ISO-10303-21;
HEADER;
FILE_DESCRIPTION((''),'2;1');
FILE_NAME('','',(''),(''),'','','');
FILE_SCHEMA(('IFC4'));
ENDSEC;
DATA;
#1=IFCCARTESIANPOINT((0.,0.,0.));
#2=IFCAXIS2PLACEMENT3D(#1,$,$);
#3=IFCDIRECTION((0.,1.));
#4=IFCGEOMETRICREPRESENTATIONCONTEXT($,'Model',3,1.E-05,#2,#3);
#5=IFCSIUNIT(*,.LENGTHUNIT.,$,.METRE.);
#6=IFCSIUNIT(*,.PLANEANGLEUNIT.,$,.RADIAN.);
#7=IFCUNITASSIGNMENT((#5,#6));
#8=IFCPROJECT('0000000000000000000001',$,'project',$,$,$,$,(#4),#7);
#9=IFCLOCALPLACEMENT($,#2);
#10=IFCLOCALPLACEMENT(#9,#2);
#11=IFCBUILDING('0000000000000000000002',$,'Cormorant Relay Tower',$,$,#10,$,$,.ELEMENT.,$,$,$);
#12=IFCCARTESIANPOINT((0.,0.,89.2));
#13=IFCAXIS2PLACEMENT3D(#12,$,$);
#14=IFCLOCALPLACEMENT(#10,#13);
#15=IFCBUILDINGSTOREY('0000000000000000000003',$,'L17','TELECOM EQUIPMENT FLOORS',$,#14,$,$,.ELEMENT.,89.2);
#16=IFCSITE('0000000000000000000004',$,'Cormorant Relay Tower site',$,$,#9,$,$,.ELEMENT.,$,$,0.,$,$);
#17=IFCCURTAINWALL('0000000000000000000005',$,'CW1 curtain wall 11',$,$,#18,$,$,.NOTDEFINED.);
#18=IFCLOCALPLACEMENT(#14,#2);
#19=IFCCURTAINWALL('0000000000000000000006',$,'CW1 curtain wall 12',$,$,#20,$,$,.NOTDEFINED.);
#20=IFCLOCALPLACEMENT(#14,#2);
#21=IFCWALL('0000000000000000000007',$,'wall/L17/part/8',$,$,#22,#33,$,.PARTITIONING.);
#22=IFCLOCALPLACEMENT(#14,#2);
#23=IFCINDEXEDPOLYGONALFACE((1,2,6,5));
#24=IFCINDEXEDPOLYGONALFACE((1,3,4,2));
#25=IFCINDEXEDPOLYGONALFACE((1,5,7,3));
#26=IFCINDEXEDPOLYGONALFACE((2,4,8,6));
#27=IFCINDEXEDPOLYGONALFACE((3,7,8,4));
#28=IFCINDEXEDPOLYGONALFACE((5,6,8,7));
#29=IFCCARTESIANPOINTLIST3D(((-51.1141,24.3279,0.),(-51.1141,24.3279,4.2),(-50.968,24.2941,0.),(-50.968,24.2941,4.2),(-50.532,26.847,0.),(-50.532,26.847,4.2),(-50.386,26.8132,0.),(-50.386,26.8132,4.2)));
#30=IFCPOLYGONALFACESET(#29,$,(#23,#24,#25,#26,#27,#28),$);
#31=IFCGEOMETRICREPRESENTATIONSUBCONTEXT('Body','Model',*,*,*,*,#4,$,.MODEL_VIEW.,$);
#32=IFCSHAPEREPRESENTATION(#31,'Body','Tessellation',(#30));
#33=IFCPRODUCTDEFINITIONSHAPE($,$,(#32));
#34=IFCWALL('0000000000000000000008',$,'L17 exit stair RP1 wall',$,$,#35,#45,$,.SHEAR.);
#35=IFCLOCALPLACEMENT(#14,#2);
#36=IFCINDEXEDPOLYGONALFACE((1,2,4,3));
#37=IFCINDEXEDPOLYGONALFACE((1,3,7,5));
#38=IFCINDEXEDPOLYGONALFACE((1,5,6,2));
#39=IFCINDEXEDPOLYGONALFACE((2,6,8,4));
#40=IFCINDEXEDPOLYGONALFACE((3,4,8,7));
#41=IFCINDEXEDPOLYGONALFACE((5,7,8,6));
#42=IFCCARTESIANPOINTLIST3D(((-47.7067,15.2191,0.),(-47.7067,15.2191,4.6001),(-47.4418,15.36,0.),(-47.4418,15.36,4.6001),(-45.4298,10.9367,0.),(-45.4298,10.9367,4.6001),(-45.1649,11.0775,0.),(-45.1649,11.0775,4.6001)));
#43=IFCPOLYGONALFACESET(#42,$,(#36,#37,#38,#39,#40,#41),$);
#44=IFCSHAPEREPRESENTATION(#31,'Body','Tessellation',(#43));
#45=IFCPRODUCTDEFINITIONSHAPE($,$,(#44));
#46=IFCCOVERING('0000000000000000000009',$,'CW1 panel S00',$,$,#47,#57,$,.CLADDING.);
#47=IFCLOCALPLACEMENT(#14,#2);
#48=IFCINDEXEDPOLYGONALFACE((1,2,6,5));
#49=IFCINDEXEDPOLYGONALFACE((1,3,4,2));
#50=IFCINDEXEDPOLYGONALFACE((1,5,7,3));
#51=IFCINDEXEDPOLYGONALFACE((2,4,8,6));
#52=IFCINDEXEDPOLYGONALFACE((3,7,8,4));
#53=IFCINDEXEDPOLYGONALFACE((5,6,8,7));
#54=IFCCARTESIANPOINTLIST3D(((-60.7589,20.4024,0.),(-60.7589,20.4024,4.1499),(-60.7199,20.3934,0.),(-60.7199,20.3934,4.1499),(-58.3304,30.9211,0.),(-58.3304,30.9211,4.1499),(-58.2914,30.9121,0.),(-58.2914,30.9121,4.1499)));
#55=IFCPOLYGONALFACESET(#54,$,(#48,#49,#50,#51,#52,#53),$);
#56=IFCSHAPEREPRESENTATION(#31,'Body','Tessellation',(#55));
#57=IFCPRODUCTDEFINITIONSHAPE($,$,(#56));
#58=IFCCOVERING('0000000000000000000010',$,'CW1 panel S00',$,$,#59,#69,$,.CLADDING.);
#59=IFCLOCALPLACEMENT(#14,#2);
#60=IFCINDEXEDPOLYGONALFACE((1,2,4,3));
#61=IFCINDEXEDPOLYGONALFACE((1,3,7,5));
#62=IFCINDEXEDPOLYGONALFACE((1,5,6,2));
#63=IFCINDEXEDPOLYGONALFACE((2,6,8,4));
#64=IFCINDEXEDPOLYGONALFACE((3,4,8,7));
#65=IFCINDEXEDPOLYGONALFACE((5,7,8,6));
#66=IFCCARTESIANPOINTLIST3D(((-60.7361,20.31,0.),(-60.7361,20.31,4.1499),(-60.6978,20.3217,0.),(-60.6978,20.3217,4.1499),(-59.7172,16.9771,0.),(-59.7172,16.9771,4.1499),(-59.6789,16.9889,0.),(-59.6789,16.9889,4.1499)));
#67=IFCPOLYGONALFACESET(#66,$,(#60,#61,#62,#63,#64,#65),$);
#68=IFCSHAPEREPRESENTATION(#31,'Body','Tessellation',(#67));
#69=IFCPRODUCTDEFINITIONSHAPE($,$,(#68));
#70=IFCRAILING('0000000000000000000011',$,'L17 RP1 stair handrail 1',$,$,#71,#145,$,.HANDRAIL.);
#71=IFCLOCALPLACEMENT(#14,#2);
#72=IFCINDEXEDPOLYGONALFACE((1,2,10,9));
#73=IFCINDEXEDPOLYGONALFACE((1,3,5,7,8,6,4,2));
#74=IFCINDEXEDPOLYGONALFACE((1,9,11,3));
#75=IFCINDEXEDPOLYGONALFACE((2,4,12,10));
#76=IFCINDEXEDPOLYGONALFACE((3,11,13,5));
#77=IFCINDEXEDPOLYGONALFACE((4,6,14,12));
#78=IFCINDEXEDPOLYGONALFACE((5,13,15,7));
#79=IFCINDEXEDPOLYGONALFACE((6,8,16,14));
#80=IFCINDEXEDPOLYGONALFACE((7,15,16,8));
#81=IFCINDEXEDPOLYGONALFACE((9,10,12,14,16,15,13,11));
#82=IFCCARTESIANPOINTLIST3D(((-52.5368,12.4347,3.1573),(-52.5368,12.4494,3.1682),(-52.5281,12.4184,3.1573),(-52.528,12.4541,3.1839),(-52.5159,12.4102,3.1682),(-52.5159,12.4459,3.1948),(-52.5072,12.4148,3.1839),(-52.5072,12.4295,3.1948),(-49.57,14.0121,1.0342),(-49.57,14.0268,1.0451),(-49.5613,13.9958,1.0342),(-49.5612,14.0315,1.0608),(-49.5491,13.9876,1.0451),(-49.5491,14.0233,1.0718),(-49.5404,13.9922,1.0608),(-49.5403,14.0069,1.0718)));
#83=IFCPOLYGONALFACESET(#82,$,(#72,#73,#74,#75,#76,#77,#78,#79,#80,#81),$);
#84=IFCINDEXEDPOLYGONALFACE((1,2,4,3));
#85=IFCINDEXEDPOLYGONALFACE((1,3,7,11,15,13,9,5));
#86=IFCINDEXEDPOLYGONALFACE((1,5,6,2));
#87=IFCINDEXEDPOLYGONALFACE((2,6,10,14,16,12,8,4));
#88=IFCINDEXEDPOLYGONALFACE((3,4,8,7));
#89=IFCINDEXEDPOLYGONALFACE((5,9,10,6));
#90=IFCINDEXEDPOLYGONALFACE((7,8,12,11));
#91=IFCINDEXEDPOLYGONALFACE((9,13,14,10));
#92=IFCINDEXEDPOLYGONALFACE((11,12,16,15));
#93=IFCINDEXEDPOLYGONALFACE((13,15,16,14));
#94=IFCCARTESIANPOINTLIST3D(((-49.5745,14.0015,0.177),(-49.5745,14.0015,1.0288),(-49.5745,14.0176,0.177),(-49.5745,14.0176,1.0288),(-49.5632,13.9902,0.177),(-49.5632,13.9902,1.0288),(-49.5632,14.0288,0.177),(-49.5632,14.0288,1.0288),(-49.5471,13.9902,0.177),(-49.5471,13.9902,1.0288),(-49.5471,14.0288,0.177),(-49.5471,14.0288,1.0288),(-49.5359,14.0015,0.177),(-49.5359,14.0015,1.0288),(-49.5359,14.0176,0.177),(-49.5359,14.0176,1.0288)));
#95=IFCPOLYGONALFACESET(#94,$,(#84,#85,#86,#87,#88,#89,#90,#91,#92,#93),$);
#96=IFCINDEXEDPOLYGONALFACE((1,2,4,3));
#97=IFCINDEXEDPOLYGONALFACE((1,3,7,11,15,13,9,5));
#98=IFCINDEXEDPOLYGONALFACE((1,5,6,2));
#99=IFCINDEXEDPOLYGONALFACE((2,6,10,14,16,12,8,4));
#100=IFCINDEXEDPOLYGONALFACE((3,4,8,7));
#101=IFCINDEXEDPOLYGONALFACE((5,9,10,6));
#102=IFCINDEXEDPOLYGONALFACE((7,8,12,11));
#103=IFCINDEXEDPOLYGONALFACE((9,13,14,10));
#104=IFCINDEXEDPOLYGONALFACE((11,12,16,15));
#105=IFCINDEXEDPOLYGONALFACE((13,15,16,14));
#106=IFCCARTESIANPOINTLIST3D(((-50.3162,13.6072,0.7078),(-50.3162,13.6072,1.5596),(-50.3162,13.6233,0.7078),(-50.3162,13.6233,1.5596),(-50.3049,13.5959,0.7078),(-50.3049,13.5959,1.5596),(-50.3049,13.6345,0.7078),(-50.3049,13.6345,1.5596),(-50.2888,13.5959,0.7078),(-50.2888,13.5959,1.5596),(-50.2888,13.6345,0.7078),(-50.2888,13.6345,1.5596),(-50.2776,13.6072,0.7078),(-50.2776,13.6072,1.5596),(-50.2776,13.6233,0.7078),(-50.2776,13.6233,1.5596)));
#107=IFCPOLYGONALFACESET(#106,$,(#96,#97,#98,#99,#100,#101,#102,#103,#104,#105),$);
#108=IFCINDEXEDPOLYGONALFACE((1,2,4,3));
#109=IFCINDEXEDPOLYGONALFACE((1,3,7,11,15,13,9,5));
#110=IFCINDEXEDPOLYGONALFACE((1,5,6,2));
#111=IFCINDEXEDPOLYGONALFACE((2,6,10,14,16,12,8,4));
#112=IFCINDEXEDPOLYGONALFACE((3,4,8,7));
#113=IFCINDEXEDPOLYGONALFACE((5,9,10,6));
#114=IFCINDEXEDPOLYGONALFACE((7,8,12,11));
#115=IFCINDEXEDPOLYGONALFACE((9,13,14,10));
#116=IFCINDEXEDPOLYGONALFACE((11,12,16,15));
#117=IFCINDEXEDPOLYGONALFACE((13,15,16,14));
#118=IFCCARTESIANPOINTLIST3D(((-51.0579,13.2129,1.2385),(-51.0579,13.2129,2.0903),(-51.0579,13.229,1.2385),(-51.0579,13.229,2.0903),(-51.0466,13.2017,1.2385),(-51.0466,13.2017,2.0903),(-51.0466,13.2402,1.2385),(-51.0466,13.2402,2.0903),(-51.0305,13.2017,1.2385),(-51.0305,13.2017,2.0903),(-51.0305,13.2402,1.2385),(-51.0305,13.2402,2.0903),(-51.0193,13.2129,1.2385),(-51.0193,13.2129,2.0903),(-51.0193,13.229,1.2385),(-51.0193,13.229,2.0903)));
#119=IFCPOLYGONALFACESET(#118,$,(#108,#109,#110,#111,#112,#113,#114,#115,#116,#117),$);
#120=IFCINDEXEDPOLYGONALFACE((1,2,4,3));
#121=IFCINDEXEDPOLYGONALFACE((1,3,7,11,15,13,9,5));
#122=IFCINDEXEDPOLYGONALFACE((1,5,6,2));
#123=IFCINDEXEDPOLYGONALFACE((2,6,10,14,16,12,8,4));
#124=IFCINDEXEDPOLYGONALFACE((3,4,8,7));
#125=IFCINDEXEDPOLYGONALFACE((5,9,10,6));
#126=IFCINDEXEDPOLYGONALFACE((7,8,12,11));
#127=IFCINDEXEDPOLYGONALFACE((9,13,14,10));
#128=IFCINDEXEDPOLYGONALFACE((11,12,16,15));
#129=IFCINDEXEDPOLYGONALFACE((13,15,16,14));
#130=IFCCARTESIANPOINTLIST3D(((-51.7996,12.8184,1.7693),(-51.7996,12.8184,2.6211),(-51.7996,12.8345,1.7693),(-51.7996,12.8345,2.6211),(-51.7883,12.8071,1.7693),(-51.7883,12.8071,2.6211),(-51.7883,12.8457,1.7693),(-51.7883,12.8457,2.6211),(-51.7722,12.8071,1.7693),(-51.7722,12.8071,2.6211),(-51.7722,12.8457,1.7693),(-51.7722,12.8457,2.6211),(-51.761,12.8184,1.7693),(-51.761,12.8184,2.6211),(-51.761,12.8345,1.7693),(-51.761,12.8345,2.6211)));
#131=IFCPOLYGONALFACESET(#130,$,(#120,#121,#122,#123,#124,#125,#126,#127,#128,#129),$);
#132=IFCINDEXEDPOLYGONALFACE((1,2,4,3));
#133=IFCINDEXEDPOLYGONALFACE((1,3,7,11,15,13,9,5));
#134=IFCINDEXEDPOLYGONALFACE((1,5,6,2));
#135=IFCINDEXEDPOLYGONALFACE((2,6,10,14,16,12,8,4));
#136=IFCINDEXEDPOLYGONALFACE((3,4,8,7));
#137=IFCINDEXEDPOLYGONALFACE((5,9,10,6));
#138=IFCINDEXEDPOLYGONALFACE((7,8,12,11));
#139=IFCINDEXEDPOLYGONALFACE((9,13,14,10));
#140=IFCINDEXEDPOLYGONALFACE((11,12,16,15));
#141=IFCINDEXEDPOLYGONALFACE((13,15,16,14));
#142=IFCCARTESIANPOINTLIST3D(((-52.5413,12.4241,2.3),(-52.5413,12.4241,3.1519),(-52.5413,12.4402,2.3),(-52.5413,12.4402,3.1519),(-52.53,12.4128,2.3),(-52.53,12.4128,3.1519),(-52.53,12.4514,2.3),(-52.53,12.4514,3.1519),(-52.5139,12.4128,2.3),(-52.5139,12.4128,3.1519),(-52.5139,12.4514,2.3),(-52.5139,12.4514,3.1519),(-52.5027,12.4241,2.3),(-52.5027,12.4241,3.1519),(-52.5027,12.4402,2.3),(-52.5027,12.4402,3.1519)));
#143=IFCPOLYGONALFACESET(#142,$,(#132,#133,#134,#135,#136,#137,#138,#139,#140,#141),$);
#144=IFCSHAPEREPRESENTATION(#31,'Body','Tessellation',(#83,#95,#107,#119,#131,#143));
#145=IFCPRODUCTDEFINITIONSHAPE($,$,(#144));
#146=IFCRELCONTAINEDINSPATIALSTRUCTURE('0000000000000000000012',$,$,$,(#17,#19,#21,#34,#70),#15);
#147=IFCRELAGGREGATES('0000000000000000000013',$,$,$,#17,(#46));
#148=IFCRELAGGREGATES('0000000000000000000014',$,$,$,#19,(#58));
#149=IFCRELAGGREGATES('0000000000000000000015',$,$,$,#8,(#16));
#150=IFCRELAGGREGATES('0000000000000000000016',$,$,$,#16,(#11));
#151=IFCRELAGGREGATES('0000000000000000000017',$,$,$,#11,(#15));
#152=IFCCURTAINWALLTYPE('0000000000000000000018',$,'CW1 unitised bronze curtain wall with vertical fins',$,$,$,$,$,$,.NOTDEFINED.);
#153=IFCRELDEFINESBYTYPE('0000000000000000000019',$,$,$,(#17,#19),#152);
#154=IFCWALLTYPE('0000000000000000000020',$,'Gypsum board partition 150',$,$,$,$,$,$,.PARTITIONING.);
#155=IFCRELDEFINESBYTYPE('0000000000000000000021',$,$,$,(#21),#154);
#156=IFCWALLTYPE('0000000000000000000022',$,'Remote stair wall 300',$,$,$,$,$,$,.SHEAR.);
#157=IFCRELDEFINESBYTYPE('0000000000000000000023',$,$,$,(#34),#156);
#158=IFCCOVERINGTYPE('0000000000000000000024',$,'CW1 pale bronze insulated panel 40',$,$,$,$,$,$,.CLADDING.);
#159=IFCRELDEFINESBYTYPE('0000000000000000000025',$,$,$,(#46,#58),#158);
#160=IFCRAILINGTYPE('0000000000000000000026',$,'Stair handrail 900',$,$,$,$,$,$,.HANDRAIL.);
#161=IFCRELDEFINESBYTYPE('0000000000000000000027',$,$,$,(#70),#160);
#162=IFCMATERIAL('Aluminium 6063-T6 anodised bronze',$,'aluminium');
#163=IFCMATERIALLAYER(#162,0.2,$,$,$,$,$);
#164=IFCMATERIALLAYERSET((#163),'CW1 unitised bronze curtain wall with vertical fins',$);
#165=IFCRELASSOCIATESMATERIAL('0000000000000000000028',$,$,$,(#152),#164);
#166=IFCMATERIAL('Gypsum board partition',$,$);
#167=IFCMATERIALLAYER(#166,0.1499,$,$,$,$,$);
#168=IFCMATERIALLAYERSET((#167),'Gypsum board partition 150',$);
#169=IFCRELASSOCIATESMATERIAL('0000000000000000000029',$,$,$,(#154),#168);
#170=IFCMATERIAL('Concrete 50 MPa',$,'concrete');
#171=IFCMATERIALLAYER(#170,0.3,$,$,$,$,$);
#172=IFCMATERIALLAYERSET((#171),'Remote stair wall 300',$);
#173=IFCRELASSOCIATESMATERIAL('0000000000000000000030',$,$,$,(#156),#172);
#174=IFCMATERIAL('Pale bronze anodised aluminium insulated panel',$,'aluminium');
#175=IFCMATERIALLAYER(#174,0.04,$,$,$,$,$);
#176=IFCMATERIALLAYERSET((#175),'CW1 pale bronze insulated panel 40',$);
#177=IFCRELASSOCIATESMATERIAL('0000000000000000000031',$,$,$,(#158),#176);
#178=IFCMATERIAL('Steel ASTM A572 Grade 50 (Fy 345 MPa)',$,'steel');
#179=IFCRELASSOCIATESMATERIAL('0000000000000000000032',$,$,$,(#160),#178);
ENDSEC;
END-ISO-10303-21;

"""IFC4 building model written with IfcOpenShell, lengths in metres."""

from ifc_helpers import new_model, si_unit, direction, frame, frame_2d, origin, origin_2d, place, context, subcontext, project, spatial, polyline, rectangle, outline, extrude, material, layer, layer_set, type_object, element, aggregate, save


model = new_model("IFC4")

# Units and contexts
model_context = context("Model", 3, precision=1e-05, world=origin(), true_north=direction((0.0, 1.0)))
body_context = subcontext(model_context, "Body", "Model", "MODEL_VIEW")
ifc_project = project(units=[si_unit("LENGTHUNIT", "METRE"), si_unit("PLANEANGLEUNIT", "RADIAN")], contexts=[model_context])

# Site, building, storey
site_placement = place(None, origin())
site = spatial("IfcSite", under=ifc_project, at=site_placement, Name="Cormorant Relay Tower site", CompositionType="ELEMENT", RefElevation=0.0)
building_placement = place(site_placement, origin())
building = spatial("IfcBuilding", under=site, at=building_placement, Name="Cormorant Relay Tower", CompositionType="ELEMENT")
storey_placement = place(building_placement, frame((0.0, 0.0, 89.2)))
storey = spatial("IfcBuildingStorey", under=building, at=storey_placement, Name="L17", Description="TELECOM EQUIPMENT FLOORS", CompositionType="ELEMENT", Elevation=89.2)

# Curtain wall
ifc_material_1 = material(Name="Aluminium 6063-T6 anodised bronze", Category="aluminium")
ifc_layer_1 = layer(ifc_material_1, 0.2)
ifc_layer_set_1 = layer_set([ifc_layer_1], Name="CW1 unitised bronze curtain wall with vertical fins")
curtain_wall_type = type_object("IfcCurtainWallType", Name="CW1 unitised bronze curtain wall with vertical fins", PredefinedType="NOTDEFINED", material=ifc_layer_set_1)
curtain_wall_1_placement = place(storey_placement, origin())
curtain_wall_1 = element("IfcCurtainWall", 1, at=curtain_wall_1_placement, inside=storey, type_object=curtain_wall_type, Name="CW1 curtain wall 11", PredefinedType="NOTDEFINED")

# Curtain wall
curtain_wall_2_placement = place(storey_placement, origin())
curtain_wall_2 = element("IfcCurtainWall", 2, at=curtain_wall_2_placement, inside=storey, type_object=curtain_wall_type, Name="CW1 curtain wall 12", PredefinedType="NOTDEFINED")

# Shared definitions
ifc_material_2 = material(Name="Gypsum board partition")
ifc_layer_2 = layer(ifc_material_2, 0.1499)
ifc_layer_set_2 = layer_set([ifc_layer_2], Name="Gypsum board partition 150")
wall_type_1 = type_object("IfcWallType", Name="Gypsum board partition 150", PredefinedType="PARTITIONING", material=ifc_layer_set_2)

# Walls
wall_1_placement = place(storey_placement, frame((-50.459, 26.8301, 0.0), z_axis=(0.0, 0.0, 1.0), x_axis=(-0.225122, -0.974331, 0.0)))
element("IfcWall", 3, at=wall_1_placement, inside=storey, type_object=wall_type_1, Name="wall/L17/part/8", PredefinedType="PARTITIONING", context=body_context, shape_type="SweptSolid", body=[
    extrude(rectangle(XDim=2.5854, YDim=0.1499, at=frame_2d((1.2927, 0.0))), origin(), (0.0, 0.0, 1.0), 4.2),
])
ifc_material_3 = material(Name="Concrete 50 MPa", Category="concrete")
ifc_layer_3 = layer(ifc_material_3, 0.3)
ifc_layer_set_3 = layer_set([ifc_layer_3], Name="Remote stair wall 300")
wall_type_2 = type_object("IfcWallType", Name="Remote stair wall 300", PredefinedType="SHEAR", material=ifc_layer_set_3)
wall_2_placement = place(storey_placement, frame((-47.5742, 15.2896, 0.0), z_axis=(0.0, 0.0, 1.0), x_axis=(0.469443, -0.882963, 0.0)))
element("IfcWall", 4, at=wall_2_placement, inside=storey, type_object=wall_type_2, Name="L17 exit stair RP1 wall", PredefinedType="SHEAR", context=body_context, shape_type="SweptSolid", body=[
    extrude(rectangle(XDim=4.8501, YDim=0.3, at=frame_2d((2.425, 0.0))), origin(), (0.0, 0.0, 1.0), 4.6001),
])

# Coverings
ifc_material_4 = material(Name="Pale bronze anodised aluminium insulated panel", Category="aluminium")
ifc_layer_4 = layer(ifc_material_4, 0.04)
ifc_layer_set_4 = layer_set([ifc_layer_4], Name="CW1 pale bronze insulated panel 40")
covering_type = type_object("IfcCoveringType", Name="CW1 pale bronze insulated panel 40", PredefinedType="CLADDING", material=ifc_layer_set_4)
covering_1_placement = place(storey_placement, frame((-59.5251, 25.6572, 0.0), z_axis=(0.0, 0.0, 1.0), x_axis=(-0.224951, -0.97437, 0.0)))
covering_1 = element("IfcCovering", 5, at=covering_1_placement, type_object=covering_type, Name="CW1 panel S00", PredefinedType="CLADDING", context=body_context, shape_type="SweptSolid", body=[
    extrude(rectangle(XDim=10.7954, YDim=0.04, at=origin_2d()), origin(), (0.0, 0.0, 1.0), 4.1499),
])
aggregate(curtain_wall_1, [covering_1])
covering_2_placement = place(storey_placement, frame((-60.2075, 18.6494, 0.0), z_axis=(0.0, 0.0, 1.0), x_axis=(0.292372, -0.956305, 0.0)))
covering_2 = element("IfcCovering", 6, at=covering_2_placement, type_object=covering_type, Name="CW1 panel S00", PredefinedType="CLADDING", context=body_context, shape_type="SweptSolid", body=[
    extrude(rectangle(XDim=3.4851, YDim=0.04, at=origin_2d()), origin(), (0.0, 0.0, 1.0), 4.1499),
])
aggregate(curtain_wall_2, [covering_2])

# Railing
ifc_material_5 = material(Name="Steel ASTM A572 Grade 50 (Fy 345 MPa)", Category="steel")
railing_type = type_object("IfcRailingType", Name="Stair handrail 900", PredefinedType="HANDRAIL", material=ifc_material_5)
railing_placement = place(storey_placement, frame((-49.5552, 14.0095, 0.177)))
element("IfcRailing", 7, at=railing_placement, inside=storey, type_object=railing_type, Name="L17 RP1 stair handrail 1", PredefinedType="HANDRAIL", context=body_context, shape_type="SweptSolid", body=[
    extrude(outline(polyline([(0.0222, 0.0093), (0.0093, 0.0222), (-0.0093, 0.0222), (-0.0222, 0.0093), (-0.0222, -0.0093), (-0.0093, -0.0222), (0.0093, -0.0222), (0.0222, -0.0093), (0.0222, 0.0093)])), frame((0.0, 0.0, 0.876), z_axis=(-0.746441, -0.396869, 0.534155), x_axis=(0.469453, -0.882958, 0.0)), (0.0, 0.0, 1.0), 3.9746),
    extrude(outline(polyline([(0.0193, 0.0081), (0.0081, 0.0193), (-0.0081, 0.0193), (-0.0193, 0.0081), (-0.0193, -0.0081), (-0.0081, -0.0193), (0.0081, -0.0193), (0.0193, -0.0081), (0.0193, 0.0081)])), origin(), (0.0, 0.0, 1.0), 0.8518),
    extrude(outline(polyline([(0.0193, 0.0081), (0.0081, 0.0193), (-0.0081, 0.0193), (-0.0193, 0.0081), (-0.0193, -0.0081), (-0.0081, -0.0193), (0.0081, -0.0193), (0.0193, -0.0081), (0.0193, 0.0081)])), frame((-0.7417, -0.3943, 0.5308)), (0.0, 0.0, 1.0), 0.8518),
    extrude(outline(polyline([(0.0193, 0.0081), (0.0081, 0.0193), (-0.0081, 0.0193), (-0.0193, 0.0081), (-0.0193, -0.0081), (-0.0081, -0.0193), (0.0081, -0.0193), (0.0193, -0.0081), (0.0193, 0.0081)])), frame((-1.4834, -0.7886, 1.0615)), (0.0, 0.0, 1.0), 0.8518),
    extrude(outline(polyline([(0.0193, 0.0081), (0.0081, 0.0193), (-0.0081, 0.0193), (-0.0193, 0.0081), (-0.0193, -0.0081), (-0.0081, -0.0193), (0.0081, -0.0193), (0.0193, -0.0081), (0.0193, 0.0081)])), frame((-2.2251, -1.1831, 1.5923)), (0.0, 0.0, 1.0), 0.8518),
    extrude(outline(polyline([(0.0193, 0.0081), (0.0081, 0.0193), (-0.0081, 0.0193), (-0.0193, 0.0081), (-0.0193, -0.0081), (-0.0081, -0.0193), (0.0081, -0.0193), (0.0193, -0.0081), (0.0193, 0.0081)])), frame((-2.9668, -1.5774, 2.123)), (0.0, 0.0, 1.0), 0.8518),
])

save(model, "model.ifc")
